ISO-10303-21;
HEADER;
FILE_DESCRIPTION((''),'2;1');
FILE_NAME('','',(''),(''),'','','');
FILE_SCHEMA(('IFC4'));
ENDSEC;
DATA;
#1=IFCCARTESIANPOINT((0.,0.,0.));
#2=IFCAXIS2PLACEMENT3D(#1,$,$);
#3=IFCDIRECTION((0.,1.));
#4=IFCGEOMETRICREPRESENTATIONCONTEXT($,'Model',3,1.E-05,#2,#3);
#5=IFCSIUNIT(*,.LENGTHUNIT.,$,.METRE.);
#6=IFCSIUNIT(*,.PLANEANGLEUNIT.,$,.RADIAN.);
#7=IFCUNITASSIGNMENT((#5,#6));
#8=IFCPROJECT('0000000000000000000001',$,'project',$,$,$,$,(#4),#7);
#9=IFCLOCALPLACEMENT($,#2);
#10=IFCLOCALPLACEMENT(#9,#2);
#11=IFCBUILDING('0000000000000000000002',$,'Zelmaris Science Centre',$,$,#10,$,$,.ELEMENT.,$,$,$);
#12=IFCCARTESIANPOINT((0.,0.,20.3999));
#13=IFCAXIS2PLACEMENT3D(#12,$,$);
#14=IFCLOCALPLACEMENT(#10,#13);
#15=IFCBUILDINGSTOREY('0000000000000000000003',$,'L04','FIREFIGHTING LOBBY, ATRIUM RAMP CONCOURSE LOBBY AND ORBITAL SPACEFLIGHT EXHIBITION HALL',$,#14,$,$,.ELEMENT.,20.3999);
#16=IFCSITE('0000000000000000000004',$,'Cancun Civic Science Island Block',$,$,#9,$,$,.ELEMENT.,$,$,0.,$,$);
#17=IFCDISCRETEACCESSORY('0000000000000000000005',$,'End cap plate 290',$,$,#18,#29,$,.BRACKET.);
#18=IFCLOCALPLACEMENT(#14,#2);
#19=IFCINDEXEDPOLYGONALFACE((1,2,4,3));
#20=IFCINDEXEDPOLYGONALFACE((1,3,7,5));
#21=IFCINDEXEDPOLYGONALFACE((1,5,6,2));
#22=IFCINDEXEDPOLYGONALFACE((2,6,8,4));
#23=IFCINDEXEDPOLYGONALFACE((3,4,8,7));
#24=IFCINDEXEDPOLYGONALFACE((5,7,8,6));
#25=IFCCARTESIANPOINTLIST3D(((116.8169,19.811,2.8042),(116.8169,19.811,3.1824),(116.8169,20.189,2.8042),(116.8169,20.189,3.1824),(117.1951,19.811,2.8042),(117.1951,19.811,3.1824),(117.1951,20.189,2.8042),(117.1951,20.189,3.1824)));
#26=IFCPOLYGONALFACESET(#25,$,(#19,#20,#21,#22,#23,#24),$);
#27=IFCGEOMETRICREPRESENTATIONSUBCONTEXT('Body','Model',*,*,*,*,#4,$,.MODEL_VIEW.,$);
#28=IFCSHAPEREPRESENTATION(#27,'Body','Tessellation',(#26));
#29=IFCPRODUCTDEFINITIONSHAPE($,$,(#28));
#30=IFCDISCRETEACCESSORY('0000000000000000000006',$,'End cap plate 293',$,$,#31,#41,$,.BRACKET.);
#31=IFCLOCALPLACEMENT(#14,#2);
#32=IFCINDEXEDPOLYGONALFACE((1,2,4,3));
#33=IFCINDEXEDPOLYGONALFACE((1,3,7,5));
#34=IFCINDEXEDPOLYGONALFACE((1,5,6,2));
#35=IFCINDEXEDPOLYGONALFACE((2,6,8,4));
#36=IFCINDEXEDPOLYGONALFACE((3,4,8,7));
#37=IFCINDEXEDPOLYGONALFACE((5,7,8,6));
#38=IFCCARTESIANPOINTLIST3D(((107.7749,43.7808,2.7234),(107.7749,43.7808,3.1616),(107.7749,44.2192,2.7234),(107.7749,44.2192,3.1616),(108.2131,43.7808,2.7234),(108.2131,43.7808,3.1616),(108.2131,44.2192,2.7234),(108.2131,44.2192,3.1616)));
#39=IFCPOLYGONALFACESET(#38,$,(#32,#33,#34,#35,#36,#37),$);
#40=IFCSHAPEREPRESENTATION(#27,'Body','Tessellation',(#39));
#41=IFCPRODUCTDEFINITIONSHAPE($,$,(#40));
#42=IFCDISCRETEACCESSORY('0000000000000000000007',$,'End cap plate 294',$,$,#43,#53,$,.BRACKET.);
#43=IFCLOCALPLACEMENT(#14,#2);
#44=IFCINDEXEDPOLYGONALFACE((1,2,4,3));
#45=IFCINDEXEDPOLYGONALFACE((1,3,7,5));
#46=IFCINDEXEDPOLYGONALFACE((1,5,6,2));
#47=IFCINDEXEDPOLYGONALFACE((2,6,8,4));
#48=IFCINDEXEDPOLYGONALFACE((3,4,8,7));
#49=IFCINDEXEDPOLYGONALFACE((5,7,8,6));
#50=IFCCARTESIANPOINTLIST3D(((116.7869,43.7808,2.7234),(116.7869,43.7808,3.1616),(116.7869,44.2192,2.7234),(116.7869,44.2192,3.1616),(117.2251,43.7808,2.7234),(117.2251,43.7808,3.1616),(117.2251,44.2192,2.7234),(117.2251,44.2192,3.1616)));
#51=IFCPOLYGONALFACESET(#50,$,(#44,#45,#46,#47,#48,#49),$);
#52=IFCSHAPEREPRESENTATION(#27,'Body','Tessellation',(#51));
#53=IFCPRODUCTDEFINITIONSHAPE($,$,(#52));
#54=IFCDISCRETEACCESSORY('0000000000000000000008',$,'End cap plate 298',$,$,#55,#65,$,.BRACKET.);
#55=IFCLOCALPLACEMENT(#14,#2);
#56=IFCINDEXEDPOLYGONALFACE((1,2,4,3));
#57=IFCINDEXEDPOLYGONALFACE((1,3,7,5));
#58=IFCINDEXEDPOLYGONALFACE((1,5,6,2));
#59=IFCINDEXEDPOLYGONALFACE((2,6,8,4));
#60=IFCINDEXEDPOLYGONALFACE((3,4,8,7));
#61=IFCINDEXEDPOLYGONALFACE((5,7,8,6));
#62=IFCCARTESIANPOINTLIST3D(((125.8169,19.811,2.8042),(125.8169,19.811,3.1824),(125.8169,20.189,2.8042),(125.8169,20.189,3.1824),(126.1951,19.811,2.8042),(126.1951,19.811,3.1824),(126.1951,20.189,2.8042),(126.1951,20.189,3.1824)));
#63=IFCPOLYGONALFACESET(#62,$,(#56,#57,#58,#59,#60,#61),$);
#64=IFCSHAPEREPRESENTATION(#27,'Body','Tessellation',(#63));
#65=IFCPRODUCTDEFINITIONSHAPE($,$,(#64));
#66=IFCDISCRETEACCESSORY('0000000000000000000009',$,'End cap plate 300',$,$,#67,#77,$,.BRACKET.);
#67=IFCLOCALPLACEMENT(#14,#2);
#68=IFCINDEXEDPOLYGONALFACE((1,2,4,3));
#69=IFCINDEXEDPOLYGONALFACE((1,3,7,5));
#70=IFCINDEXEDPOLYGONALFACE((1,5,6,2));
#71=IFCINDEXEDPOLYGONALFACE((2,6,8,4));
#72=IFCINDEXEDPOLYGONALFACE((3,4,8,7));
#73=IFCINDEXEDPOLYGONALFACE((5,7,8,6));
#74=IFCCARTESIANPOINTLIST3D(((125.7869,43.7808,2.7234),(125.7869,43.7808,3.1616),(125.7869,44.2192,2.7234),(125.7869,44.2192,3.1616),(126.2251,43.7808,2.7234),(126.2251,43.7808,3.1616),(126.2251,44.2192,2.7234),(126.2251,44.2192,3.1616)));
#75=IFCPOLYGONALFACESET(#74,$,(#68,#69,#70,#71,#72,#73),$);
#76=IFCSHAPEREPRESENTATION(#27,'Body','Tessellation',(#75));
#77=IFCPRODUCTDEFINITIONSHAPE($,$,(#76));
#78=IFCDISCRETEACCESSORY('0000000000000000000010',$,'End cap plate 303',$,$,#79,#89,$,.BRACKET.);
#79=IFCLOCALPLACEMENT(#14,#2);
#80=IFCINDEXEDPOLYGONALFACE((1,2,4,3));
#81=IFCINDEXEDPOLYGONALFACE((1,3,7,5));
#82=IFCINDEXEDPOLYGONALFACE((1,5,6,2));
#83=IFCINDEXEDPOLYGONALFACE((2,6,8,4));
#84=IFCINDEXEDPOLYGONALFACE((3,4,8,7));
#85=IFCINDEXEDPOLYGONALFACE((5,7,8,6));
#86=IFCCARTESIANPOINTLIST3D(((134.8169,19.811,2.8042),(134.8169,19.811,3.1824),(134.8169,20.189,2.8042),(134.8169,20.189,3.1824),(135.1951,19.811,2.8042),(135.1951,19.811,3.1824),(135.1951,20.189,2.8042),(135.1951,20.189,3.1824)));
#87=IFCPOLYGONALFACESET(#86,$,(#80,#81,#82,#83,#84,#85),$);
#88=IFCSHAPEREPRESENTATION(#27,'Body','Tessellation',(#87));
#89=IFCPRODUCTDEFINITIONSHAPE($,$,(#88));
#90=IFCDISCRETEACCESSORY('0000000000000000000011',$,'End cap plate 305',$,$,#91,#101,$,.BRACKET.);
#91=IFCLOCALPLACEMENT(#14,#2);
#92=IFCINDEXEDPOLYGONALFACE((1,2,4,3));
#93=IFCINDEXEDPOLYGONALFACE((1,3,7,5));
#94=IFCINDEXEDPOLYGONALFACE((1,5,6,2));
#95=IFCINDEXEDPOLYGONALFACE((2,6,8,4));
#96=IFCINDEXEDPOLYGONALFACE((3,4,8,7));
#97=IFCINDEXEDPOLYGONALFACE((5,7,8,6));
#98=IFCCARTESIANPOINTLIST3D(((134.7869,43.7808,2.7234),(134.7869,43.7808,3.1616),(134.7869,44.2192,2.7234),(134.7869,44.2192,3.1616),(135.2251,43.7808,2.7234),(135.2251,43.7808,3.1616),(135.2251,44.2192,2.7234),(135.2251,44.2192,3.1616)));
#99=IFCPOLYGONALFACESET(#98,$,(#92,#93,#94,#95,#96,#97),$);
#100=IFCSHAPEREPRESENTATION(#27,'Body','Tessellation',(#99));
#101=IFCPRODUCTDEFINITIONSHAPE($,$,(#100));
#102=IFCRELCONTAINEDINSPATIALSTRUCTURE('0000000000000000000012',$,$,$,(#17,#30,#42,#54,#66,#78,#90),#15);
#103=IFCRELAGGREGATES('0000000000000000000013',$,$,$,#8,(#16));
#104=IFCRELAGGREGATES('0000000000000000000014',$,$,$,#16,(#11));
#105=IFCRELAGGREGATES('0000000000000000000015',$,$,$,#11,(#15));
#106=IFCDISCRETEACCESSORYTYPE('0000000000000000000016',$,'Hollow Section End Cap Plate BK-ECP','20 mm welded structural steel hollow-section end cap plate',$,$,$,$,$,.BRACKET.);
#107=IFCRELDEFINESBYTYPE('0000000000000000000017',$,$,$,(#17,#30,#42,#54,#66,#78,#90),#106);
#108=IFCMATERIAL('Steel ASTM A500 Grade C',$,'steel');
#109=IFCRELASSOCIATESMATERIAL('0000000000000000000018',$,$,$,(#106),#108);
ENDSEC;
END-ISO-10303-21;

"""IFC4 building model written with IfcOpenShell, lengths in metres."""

from ifc_helpers import new_model, si_unit, direction, frame, origin, place, context, subcontext, project, spatial, polyline, outline, extrude, material, type_object, element, save


model = new_model("IFC4")

# Units and contexts
model_context = context("Model", 3, precision=1e-05, world=origin(), true_north=direction((0.0, 1.0)))
body_context = subcontext(model_context, "Body", "Model", "MODEL_VIEW")
ifc_project = project(units=[si_unit("LENGTHUNIT", "METRE"), si_unit("PLANEANGLEUNIT", "RADIAN")], contexts=[model_context])

# Site, building, storey
site_placement = place(None, origin())
site = spatial("IfcSite", under=ifc_project, at=site_placement, Name="Cancun Civic Science Island Block", CompositionType="ELEMENT", RefElevation=0.0)
building_placement = place(site_placement, origin())
building = spatial("IfcBuilding", under=site, at=building_placement, Name="Zelmaris Science Centre", CompositionType="ELEMENT")
storey_placement = place(building_placement, frame((0.0, 0.0, 20.3999)))
storey = spatial("IfcBuildingStorey", under=building, at=storey_placement, Name="L04", Description="FIREFIGHTING LOBBY, ATRIUM RAMP CONCOURSE LOBBY AND ORBITAL SPACEFLIGHT EXHIBITION HALL", CompositionType="ELEMENT", Elevation=20.3999)

# Discrete accessories
ifc_material = material(Name="Steel ASTM A500 Grade C", Category="steel")
discrete_accessory_type = type_object("IfcDiscreteAccessoryType", Name="Hollow Section End Cap Plate BK-ECP", Description="20 mm welded structural steel hollow-section end cap plate", PredefinedType="BRACKET", material=ifc_material)
discrete_accessory_1_placement = place(storey_placement, frame((0.0, 0.0, 2.8042)))
element("IfcDiscreteAccessory", 1, at=discrete_accessory_1_placement, inside=storey, type_object=discrete_accessory_type, Name="End cap plate 290", PredefinedType="BRACKET", context=body_context, shape_type="SweptSolid", body=[
    extrude(outline(polyline([(116.8169, 19.811), (117.1951, 19.811), (117.1951, 20.189), (116.8169, 20.189), (116.8169, 19.811)])), origin(), (0.0, 0.0, 1.0), 0.3782),
])
discrete_accessory_2_placement = place(storey_placement, frame((0.0, 0.0, 2.7234)))
element("IfcDiscreteAccessory", 2, at=discrete_accessory_2_placement, inside=storey, type_object=discrete_accessory_type, Name="End cap plate 293", PredefinedType="BRACKET", context=body_context, shape_type="SweptSolid", body=[
    extrude(outline(polyline([(107.7749, 43.7808), (108.2131, 43.7808), (108.2131, 44.2192), (107.7749, 44.2192), (107.7749, 43.7808)])), origin(), (0.0, 0.0, 1.0), 0.4382),
])
discrete_accessory_3_placement = place(storey_placement, frame((0.0, 0.0, 2.7234)))
element("IfcDiscreteAccessory", 3, at=discrete_accessory_3_placement, inside=storey, type_object=discrete_accessory_type, Name="End cap plate 294", PredefinedType="BRACKET", context=body_context, shape_type="SweptSolid", body=[
    extrude(outline(polyline([(116.7869, 43.7808), (117.2251, 43.7808), (117.2251, 44.2192), (116.7869, 44.2192), (116.7869, 43.7808)])), origin(), (0.0, 0.0, 1.0), 0.4382),
])
discrete_accessory_4_placement = place(storey_placement, frame((0.0, 0.0, 2.8042)))
element("IfcDiscreteAccessory", 4, at=discrete_accessory_4_placement, inside=storey, type_object=discrete_accessory_type, Name="End cap plate 298", PredefinedType="BRACKET", context=body_context, shape_type="SweptSolid", body=[
    extrude(outline(polyline([(125.8169, 19.811), (126.1951, 19.811), (126.1951, 20.189), (125.8169, 20.189), (125.8169, 19.811)])), origin(), (0.0, 0.0, 1.0), 0.3782),
])
discrete_accessory_5_placement = place(storey_placement, frame((0.0, 0.0, 2.7234)))
element("IfcDiscreteAccessory", 5, at=discrete_accessory_5_placement, inside=storey, type_object=discrete_accessory_type, Name="End cap plate 300", PredefinedType="BRACKET", context=body_context, shape_type="SweptSolid", body=[
    extrude(outline(polyline([(125.7869, 43.7808), (126.2251, 43.7808), (126.2251, 44.2192), (125.7869, 44.2192), (125.7869, 43.7808)])), origin(), (0.0, 0.0, 1.0), 0.4382),
])
discrete_accessory_6_placement = place(storey_placement, frame((0.0, 0.0, 2.8042)))
element("IfcDiscreteAccessory", 6, at=discrete_accessory_6_placement, inside=storey, type_object=discrete_accessory_type, Name="End cap plate 303", PredefinedType="BRACKET", context=body_context, shape_type="SweptSolid", body=[
    extrude(outline(polyline([(134.8169, 19.811), (135.1951, 19.811), (135.1951, 20.189), (134.8169, 20.189), (134.8169, 19.811)])), origin(), (0.0, 0.0, 1.0), 0.3782),
])
discrete_accessory_7_placement = place(storey_placement, frame((0.0, 0.0, 2.7234)))
element("IfcDiscreteAccessory", 7, at=discrete_accessory_7_placement, inside=storey, type_object=discrete_accessory_type, Name="End cap plate 305", PredefinedType="BRACKET", context=body_context, shape_type="SweptSolid", body=[
    extrude(outline(polyline([(134.7869, 43.7808), (135.2251, 43.7808), (135.2251, 44.2192), (134.7869, 44.2192), (134.7869, 43.7808)])), origin(), (0.0, 0.0, 1.0), 0.4382),
])

save(model, "model.ifc")
